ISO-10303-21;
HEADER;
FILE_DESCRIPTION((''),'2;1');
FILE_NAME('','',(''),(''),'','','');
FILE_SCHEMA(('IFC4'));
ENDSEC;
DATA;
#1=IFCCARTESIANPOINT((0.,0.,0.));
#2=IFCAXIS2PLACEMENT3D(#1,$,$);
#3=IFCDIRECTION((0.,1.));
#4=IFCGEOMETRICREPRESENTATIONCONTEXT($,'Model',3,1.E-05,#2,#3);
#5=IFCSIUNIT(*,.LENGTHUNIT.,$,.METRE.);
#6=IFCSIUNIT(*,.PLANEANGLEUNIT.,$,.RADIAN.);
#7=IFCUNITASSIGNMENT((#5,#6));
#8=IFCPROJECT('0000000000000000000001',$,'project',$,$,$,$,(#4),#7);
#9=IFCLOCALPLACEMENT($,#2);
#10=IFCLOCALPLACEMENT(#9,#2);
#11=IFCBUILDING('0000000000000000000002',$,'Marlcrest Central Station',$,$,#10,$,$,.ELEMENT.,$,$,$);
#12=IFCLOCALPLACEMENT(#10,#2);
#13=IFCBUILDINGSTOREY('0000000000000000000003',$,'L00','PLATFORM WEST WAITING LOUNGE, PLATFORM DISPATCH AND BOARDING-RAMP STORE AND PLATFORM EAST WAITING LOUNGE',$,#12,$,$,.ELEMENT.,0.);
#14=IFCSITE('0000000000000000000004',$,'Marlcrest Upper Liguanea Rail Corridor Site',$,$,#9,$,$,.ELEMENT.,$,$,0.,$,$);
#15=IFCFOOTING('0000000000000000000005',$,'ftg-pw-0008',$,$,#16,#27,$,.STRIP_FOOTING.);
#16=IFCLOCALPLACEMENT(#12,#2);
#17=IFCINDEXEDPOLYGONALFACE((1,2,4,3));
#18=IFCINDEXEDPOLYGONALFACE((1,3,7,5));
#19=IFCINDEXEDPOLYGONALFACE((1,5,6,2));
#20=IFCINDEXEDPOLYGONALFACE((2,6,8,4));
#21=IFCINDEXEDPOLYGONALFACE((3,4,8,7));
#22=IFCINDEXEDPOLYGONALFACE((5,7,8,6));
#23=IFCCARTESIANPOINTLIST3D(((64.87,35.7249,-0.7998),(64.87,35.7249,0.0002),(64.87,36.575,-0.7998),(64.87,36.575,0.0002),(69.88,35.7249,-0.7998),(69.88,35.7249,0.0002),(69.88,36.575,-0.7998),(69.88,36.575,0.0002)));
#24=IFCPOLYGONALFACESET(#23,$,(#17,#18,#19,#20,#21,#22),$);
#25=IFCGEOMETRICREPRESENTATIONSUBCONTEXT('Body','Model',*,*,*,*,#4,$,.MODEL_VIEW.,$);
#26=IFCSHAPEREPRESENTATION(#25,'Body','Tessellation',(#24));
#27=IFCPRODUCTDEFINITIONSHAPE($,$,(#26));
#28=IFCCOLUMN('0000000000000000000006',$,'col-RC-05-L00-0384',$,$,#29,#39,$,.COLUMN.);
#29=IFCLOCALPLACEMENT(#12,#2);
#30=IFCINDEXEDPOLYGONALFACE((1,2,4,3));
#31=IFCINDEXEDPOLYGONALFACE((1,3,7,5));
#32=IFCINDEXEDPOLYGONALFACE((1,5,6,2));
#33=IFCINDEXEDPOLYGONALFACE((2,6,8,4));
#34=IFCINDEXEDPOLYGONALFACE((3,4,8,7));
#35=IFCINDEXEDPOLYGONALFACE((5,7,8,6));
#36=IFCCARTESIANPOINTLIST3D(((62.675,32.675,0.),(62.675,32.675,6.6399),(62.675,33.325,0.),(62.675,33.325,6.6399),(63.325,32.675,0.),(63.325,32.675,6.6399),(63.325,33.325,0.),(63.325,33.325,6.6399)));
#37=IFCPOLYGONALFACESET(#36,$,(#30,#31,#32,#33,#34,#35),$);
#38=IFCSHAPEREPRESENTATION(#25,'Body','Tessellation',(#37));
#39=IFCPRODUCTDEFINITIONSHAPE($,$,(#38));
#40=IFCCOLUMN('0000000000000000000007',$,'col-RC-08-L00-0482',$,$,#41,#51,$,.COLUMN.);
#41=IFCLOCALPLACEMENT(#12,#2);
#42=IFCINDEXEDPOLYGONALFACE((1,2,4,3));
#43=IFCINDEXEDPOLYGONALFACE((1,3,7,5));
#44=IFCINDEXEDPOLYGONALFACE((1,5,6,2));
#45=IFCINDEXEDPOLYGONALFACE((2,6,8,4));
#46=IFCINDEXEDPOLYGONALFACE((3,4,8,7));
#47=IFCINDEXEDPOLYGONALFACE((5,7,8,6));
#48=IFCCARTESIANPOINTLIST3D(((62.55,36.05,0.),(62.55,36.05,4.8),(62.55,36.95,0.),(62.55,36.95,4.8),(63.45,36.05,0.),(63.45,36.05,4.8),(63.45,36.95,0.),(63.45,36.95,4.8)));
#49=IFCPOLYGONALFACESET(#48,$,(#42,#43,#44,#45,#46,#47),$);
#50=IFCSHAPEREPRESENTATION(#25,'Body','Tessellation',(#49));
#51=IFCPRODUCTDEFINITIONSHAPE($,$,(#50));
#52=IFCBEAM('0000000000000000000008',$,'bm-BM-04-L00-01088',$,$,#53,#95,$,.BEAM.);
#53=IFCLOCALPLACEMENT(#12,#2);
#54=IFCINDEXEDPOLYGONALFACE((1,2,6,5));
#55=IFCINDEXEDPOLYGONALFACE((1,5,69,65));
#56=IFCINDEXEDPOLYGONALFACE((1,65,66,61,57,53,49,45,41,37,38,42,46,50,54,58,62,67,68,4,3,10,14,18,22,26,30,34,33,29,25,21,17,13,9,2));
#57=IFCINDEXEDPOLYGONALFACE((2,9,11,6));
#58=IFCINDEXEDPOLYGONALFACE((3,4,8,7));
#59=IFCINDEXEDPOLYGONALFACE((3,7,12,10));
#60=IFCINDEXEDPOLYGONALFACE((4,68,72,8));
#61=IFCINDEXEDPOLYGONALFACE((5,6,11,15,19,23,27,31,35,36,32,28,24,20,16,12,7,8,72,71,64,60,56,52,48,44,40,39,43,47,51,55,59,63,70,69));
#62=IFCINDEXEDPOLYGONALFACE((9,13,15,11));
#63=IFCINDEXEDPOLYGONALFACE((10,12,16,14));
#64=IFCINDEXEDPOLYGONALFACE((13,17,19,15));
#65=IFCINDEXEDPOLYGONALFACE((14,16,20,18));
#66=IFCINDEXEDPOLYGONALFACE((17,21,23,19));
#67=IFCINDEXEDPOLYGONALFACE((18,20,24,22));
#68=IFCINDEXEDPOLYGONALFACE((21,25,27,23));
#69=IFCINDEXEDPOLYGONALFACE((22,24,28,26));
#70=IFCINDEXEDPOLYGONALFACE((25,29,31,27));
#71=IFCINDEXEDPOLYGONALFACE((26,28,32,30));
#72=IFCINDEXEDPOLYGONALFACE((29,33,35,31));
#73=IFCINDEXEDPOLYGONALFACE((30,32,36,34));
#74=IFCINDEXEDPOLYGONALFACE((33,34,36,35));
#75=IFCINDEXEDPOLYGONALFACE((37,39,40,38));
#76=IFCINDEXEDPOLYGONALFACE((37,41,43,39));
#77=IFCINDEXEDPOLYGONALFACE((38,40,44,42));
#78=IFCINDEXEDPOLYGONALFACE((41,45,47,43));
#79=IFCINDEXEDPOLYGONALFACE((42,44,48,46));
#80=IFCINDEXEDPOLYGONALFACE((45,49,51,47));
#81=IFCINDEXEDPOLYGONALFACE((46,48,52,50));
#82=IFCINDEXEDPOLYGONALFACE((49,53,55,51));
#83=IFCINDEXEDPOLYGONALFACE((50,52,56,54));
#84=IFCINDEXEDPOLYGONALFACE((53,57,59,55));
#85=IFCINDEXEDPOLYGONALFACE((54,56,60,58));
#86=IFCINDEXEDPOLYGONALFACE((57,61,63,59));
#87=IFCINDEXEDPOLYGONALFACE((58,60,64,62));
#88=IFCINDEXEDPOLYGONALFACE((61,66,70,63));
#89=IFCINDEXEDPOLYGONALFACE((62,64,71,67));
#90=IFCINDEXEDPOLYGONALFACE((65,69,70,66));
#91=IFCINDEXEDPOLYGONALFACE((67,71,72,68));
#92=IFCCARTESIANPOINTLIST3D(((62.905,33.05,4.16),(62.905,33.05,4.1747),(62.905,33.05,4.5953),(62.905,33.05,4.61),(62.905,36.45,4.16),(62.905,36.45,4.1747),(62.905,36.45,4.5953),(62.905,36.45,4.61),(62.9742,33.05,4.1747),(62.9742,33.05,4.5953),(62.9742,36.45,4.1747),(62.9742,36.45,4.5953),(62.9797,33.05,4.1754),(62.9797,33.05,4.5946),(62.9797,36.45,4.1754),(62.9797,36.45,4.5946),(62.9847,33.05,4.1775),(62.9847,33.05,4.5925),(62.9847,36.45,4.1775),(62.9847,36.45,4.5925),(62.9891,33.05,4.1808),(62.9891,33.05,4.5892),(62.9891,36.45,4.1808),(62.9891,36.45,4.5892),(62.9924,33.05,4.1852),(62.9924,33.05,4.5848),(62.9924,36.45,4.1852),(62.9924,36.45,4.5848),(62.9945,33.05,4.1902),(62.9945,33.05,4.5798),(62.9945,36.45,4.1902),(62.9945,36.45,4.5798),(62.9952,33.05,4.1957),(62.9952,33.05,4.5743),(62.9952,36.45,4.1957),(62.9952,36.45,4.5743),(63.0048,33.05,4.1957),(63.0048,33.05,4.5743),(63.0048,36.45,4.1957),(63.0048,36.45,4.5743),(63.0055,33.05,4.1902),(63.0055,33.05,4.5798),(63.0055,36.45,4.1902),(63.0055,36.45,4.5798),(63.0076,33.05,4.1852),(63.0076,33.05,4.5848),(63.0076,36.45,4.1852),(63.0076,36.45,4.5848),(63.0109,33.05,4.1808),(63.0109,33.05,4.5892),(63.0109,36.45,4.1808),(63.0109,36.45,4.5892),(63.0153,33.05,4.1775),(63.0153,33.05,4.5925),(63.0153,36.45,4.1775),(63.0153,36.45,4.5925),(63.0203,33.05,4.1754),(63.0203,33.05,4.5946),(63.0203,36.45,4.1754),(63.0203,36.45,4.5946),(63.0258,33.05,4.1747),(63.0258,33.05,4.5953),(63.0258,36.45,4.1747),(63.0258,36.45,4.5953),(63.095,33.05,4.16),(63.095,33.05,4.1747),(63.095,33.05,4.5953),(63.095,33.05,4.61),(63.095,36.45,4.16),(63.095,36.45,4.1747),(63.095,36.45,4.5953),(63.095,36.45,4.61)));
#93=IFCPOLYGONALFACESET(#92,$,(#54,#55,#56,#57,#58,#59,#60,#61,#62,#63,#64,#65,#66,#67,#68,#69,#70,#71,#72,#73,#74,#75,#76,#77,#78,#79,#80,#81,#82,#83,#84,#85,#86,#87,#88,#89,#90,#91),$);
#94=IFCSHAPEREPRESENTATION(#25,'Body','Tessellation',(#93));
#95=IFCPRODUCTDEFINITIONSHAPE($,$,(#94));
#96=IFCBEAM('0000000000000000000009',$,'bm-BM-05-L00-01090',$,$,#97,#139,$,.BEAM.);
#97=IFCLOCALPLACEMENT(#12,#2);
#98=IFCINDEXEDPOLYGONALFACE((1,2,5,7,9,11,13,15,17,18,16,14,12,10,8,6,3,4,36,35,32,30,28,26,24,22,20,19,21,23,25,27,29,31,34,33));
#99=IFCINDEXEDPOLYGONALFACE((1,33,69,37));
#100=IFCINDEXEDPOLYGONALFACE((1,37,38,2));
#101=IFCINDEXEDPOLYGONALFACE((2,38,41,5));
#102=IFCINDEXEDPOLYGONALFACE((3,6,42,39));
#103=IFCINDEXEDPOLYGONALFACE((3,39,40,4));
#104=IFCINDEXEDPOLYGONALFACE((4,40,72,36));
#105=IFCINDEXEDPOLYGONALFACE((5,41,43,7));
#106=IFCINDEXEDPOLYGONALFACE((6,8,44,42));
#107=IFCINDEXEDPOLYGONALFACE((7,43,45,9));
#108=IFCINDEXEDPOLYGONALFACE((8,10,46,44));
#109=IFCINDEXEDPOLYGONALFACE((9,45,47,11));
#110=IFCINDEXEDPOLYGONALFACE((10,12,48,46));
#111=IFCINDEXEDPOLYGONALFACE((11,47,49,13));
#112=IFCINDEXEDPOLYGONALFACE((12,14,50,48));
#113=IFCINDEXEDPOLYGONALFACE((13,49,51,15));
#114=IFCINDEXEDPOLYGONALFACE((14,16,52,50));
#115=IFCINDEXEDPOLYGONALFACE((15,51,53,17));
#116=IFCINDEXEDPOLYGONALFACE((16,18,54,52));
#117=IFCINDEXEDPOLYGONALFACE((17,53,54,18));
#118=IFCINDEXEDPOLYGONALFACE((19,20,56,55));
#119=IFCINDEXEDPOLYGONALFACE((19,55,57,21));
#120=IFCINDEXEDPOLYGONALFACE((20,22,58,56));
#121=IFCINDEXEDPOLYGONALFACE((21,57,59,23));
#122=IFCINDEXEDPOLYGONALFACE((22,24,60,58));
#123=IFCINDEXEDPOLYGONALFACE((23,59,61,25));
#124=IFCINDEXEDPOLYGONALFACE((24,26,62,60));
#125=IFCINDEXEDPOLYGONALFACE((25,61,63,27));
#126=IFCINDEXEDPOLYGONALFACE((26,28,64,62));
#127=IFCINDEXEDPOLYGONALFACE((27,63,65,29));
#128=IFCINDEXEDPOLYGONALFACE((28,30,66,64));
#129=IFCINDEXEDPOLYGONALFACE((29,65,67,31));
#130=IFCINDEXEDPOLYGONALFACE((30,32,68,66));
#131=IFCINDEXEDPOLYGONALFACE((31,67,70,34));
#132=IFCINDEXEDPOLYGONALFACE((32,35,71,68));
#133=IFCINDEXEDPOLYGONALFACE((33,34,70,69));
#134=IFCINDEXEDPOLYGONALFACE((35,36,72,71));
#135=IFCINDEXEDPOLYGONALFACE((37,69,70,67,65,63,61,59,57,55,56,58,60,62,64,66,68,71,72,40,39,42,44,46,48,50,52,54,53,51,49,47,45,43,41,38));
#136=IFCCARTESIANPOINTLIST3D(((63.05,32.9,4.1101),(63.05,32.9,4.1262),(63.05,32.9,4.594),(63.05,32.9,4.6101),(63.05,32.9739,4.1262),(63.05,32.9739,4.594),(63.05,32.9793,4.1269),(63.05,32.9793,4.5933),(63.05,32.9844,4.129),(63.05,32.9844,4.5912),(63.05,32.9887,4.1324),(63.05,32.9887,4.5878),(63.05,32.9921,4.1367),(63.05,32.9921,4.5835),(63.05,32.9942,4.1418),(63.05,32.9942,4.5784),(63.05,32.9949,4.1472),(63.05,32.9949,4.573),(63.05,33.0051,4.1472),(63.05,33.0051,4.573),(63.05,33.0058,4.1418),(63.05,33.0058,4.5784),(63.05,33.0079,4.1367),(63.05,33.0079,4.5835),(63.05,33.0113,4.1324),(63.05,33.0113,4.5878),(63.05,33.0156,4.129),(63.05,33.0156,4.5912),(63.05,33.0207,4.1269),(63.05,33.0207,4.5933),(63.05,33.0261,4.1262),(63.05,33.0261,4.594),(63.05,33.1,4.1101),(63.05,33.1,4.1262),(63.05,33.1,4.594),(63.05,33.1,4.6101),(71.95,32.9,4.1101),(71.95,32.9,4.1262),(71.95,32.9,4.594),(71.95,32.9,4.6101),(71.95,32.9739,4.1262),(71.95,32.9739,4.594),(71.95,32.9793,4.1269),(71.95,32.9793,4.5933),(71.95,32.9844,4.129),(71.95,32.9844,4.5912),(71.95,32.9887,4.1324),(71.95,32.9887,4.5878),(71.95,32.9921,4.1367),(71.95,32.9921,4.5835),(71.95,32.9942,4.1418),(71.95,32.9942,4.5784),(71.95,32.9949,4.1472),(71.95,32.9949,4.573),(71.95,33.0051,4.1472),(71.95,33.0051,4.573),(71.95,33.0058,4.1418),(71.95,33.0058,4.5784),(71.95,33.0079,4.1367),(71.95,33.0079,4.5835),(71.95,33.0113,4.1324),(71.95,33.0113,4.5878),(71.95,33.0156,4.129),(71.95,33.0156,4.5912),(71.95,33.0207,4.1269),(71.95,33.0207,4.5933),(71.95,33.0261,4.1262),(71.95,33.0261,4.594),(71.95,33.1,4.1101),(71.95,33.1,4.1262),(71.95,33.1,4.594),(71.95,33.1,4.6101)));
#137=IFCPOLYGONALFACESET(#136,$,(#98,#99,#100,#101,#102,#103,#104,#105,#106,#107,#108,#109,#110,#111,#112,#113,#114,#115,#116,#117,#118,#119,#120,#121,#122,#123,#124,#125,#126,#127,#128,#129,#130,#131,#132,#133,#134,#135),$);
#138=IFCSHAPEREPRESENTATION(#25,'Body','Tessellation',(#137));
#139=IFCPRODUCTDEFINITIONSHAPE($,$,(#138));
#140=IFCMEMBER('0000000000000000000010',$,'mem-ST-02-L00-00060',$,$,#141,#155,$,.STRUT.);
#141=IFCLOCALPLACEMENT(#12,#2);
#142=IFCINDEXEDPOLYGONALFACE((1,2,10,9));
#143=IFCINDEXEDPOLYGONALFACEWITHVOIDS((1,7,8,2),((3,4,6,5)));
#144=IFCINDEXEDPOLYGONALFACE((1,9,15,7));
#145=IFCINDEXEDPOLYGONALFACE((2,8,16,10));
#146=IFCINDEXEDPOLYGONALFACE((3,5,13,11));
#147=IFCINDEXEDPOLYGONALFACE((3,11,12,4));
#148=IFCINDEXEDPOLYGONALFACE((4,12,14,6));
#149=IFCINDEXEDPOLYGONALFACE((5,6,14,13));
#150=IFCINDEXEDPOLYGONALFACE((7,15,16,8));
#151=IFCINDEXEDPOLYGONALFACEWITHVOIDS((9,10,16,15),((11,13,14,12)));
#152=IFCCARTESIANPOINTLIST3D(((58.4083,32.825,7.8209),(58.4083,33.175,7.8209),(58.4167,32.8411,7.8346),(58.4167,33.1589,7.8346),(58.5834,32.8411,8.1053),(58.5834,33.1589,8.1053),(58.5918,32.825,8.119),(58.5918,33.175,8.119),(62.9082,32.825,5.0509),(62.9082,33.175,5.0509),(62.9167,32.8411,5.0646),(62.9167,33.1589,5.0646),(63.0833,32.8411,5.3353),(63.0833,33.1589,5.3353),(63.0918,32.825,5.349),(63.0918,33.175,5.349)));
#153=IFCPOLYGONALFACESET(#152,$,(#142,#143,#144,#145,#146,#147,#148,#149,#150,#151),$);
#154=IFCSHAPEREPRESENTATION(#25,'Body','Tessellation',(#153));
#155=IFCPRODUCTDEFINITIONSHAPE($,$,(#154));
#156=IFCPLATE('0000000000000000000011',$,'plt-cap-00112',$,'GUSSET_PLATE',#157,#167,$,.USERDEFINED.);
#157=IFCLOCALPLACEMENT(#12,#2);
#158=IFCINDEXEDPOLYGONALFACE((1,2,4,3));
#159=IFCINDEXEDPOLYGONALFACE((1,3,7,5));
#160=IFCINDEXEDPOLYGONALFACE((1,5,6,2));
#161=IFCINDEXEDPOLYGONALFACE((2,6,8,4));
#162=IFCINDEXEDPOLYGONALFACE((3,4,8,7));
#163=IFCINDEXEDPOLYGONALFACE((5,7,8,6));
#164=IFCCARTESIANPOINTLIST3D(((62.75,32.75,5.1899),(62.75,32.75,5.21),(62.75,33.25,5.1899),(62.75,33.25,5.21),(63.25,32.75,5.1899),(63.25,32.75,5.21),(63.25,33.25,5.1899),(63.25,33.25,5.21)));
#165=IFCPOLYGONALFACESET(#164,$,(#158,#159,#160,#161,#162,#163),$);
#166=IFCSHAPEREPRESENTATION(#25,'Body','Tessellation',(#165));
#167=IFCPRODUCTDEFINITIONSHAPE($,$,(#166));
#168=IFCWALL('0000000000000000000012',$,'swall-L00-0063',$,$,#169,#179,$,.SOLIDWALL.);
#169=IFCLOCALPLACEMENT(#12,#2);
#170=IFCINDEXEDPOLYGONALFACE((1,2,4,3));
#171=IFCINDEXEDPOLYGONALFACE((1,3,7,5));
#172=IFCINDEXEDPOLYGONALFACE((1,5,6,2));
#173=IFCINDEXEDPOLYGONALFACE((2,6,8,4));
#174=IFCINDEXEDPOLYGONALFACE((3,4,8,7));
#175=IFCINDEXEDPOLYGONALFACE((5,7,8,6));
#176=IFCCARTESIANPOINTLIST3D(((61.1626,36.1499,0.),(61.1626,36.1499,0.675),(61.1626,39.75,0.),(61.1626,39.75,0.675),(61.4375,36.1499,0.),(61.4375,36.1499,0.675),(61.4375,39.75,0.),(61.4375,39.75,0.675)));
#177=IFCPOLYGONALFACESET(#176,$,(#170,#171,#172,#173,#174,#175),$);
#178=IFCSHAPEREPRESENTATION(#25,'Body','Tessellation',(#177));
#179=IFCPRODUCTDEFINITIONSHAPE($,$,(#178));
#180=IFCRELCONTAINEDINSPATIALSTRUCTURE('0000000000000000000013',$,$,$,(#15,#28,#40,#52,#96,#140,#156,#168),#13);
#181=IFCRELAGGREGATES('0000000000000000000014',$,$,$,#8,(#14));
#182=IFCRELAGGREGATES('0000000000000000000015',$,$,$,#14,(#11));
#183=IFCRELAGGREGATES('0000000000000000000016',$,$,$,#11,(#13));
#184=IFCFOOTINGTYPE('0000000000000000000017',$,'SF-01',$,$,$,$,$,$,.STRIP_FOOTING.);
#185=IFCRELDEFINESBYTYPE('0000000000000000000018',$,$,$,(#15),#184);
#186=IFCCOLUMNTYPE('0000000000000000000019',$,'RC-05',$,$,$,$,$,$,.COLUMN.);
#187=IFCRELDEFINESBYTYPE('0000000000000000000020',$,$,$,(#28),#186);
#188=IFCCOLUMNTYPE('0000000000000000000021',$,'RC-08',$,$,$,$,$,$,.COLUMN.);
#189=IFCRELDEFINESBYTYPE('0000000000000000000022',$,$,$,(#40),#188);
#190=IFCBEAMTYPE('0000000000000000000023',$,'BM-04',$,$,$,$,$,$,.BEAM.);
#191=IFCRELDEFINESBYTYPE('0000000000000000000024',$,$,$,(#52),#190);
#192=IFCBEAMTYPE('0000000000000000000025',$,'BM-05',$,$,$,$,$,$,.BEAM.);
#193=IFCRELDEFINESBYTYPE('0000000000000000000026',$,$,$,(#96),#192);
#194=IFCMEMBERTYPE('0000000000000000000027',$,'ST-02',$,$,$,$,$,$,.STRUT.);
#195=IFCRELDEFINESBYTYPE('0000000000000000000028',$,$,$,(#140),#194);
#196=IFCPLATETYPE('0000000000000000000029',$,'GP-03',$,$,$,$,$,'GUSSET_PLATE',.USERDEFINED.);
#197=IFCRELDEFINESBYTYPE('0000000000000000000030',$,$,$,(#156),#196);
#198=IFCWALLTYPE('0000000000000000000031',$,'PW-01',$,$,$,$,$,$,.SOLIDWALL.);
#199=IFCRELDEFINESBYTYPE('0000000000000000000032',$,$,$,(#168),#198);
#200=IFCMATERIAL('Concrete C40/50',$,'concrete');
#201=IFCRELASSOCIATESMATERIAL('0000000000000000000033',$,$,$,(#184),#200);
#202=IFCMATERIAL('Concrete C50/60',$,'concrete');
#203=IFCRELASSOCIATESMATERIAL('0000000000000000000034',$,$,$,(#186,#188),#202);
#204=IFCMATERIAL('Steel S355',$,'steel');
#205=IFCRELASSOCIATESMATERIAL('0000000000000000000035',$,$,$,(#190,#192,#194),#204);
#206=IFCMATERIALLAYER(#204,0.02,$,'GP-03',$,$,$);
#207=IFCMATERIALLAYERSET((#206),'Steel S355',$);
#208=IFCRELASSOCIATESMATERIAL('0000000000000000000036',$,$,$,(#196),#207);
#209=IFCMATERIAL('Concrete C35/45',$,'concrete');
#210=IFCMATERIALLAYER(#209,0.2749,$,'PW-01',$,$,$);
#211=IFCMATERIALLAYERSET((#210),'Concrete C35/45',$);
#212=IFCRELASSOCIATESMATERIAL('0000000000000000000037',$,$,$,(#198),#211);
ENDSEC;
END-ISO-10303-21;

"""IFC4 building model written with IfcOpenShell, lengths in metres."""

from ifc_helpers import new_model, si_unit, direction, frame, frame_2d, origin, origin_2d, place, context, subcontext, project, spatial, rectangle, hollow_rectangle, i_section, extrude, material, layer, layer_set, material_profile, profile_set, type_object, element, save


model = new_model("IFC4")

# Units and contexts
model_context = context("Model", 3, precision=1e-05, world=origin(), true_north=direction((0.0, 1.0)))
body_context = subcontext(model_context, "Body", "Model", "MODEL_VIEW")
ifc_project = project(units=[si_unit("LENGTHUNIT", "METRE"), si_unit("PLANEANGLEUNIT", "RADIAN")], contexts=[model_context])

# Site, building, storey
site_placement = place(None, origin())
site = spatial("IfcSite", under=ifc_project, at=site_placement, Name="Marlcrest Upper Liguanea Rail Corridor Site", CompositionType="ELEMENT", RefElevation=0.0)
building_placement = place(site_placement, origin())
building = spatial("IfcBuilding", under=site, at=building_placement, Name="Marlcrest Central Station", CompositionType="ELEMENT")
storey_placement = place(building_placement, origin())
storey = spatial("IfcBuildingStorey", under=building, at=storey_placement, Name="L00", Description="PLATFORM WEST WAITING LOUNGE, PLATFORM DISPATCH AND BOARDING-RAMP STORE AND PLATFORM EAST WAITING LOUNGE", CompositionType="ELEMENT", Elevation=0.0)

# Shared definitions
ifc_material_1 = material(Name="Concrete C35/45", Category="concrete")

# Footing
ifc_material_2 = material(Name="Concrete C40/50", Category="concrete")
footing_type_1 = type_object("IfcFootingType", Name="SF-01", PredefinedType="STRIP_FOOTING", material=ifc_material_2)
footing_1_placement = place(storey_placement, frame((67.375, 36.1499, -0.7998), z_axis=(0.0, 0.0, 1.0), x_axis=(1.0, 0.0, 0.0)))
element("IfcFooting", 1, at=footing_1_placement, inside=storey, type_object=footing_type_1, Name="ftg-pw-0008", PredefinedType="STRIP_FOOTING", context=body_context, shape_type="SweptSolid", body=[
    extrude(rectangle(XDim=5.01, YDim=0.8501, at=origin_2d()), origin(), (0.0, 0.0, 1.0), 0.8),
])

# Columns
ifc_material_3 = material(Name="Concrete C50/60", Category="concrete")
ifc_material_profile_1 = material_profile(ifc_material_3, rectangle(XDim=0.6499, YDim=0.6499, at=origin_2d()), Name="RC 650x650")
ifc_profile_set_1 = profile_set([ifc_material_profile_1], Name="Concrete C50/60")
column_type_1 = type_object("IfcColumnType", Name="RC-05", PredefinedType="COLUMN", material=ifc_profile_set_1)
column_1_placement = place(storey_placement, frame((63.0, 33.0, 0.0), z_axis=(0.0, 0.0, 1.0), x_axis=(1.0, 0.0, 0.0)))
element("IfcColumn", 2, at=column_1_placement, inside=storey, type_object=column_type_1, Name="col-RC-05-L00-0384", PredefinedType="COLUMN", context=body_context, shape_type="SweptSolid", body=[
    extrude(rectangle(XDim=0.6499, YDim=0.6499, at=origin_2d()), origin(), (0.0, 0.0, 1.0), 6.6399),
])
ifc_material_profile_2 = material_profile(ifc_material_3, rectangle(XDim=0.8999, YDim=0.8999, at=origin_2d()), Name="RC 900x900")
ifc_profile_set_2 = profile_set([ifc_material_profile_2], Name="Concrete C50/60")
column_type_2 = type_object("IfcColumnType", Name="RC-08", PredefinedType="COLUMN", material=ifc_profile_set_2)
column_2_placement = place(storey_placement, frame((63.0, 36.5, 0.0), z_axis=(0.0, 0.0, 1.0), x_axis=(1.0, 0.0, 0.0)))
element("IfcColumn", 3, at=column_2_placement, inside=storey, type_object=column_type_2, Name="col-RC-08-L00-0482", PredefinedType="COLUMN", context=body_context, shape_type="SweptSolid", body=[
    extrude(rectangle(XDim=0.8999, YDim=0.8999, at=origin_2d()), origin(), (0.0, 0.0, 1.0), 4.8),
])

# Beams
ifc_material_4 = material(Name="Steel S355", Category="steel")
ifc_material_profile_3 = material_profile(ifc_material_4, i_section(OverallWidth=0.1899, OverallDepth=0.45, WebThickness=0.0095, FlangeThickness=0.0146, FilletRadius=0.021, at=origin_2d()), Name="IPE 450")
ifc_profile_set_3 = profile_set([ifc_material_profile_3], Name="Steel S355")
beam_type_1 = type_object("IfcBeamType", Name="BM-04", PredefinedType="BEAM", material=ifc_profile_set_3)
beam_1_placement = place(storey_placement, frame((63.0, 33.05, 4.385), z_axis=(0.0, 1.0, 0.0), x_axis=(-1.0, 0.0, 0.0)))
element("IfcBeam", 4, at=beam_1_placement, inside=storey, type_object=beam_type_1, Name="bm-BM-04-L00-01088", PredefinedType="BEAM", context=body_context, shape_type="SweptSolid", body=[
    extrude(i_section(OverallWidth=0.1899, OverallDepth=0.45, WebThickness=0.0095, FlangeThickness=0.0146, FilletRadius=0.021, at=origin_2d()), origin(), (0.0, 0.0, 1.0), 3.3999),
])
ifc_material_profile_4 = material_profile(ifc_material_4, i_section(OverallWidth=0.2, OverallDepth=0.5, WebThickness=0.0103, FlangeThickness=0.0161, FilletRadius=0.021, at=origin_2d()), Name="IPE 500")
ifc_profile_set_4 = profile_set([ifc_material_profile_4], Name="Steel S355")
beam_type_2 = type_object("IfcBeamType", Name="BM-05", PredefinedType="BEAM", material=ifc_profile_set_4)
beam_2_placement = place(storey_placement, frame((63.05, 33.0, 4.3601), z_axis=(1.0, 0.0, 0.0), x_axis=(0.0, 1.0, 0.0)))
element("IfcBeam", 5, at=beam_2_placement, inside=storey, type_object=beam_type_2, Name="bm-BM-05-L00-01090", PredefinedType="BEAM", context=body_context, shape_type="SweptSolid", body=[
    extrude(i_section(OverallWidth=0.2, OverallDepth=0.5, WebThickness=0.0103, FlangeThickness=0.0161, FilletRadius=0.021, at=origin_2d()), origin(), (0.0, 0.0, 1.0), 8.8999),
])

# Member
ifc_material_profile_5 = material_profile(ifc_material_4, hollow_rectangle(XDim=0.3501, YDim=0.3501, WallThickness=0.0161, at=origin_2d()), Name="SHS 350x350x16")
ifc_profile_set_5 = profile_set([ifc_material_profile_5], Name="Steel S355")
member_type = type_object("IfcMemberType", Name="ST-02", PredefinedType="STRUT", material=ifc_profile_set_5)
member_placement = place(storey_placement, frame((63.0, 33.0, 5.2), z_axis=(-0.851592, 0.0, 0.524206), x_axis=(0.0, -1.0, 0.0)))
element("IfcMember", 6, at=member_placement, inside=storey, type_object=member_type, Name="mem-ST-02-L00-00060", PredefinedType="STRUT", context=body_context, shape_type="SweptSolid", body=[
    extrude(hollow_rectangle(XDim=0.3501, YDim=0.3501, WallThickness=0.0161, at=origin_2d()), origin(), (0.0, 0.0, 1.0), 5.2842),
])

# Plate
ifc_layer_1 = layer(ifc_material_4, 0.02, Name="GP-03")
ifc_layer_set_1 = layer_set([ifc_layer_1], Name="Steel S355")
plate_type = type_object("IfcPlateType", Name="GP-03", ElementType="GUSSET_PLATE", PredefinedType="USERDEFINED", material=ifc_layer_set_1)
plate_placement = place(storey_placement, frame((63.0, 33.0, 5.1899), z_axis=(0.0, 0.0, 1.0), x_axis=(1.0, 0.0, 0.0)))
element("IfcPlate", 7, at=plate_placement, inside=storey, type_object=plate_type, Name="plt-cap-00112", ObjectType="GUSSET_PLATE", PredefinedType="USERDEFINED", context=body_context, shape_type="SweptSolid", body=[
    extrude(rectangle(XDim=0.5, YDim=0.5, at=origin_2d()), origin(), (0.0, 0.0, 1.0), 0.02),
])

# Wall
ifc_layer_2 = layer(ifc_material_1, 0.2749, Name="PW-01")
ifc_layer_set_2 = layer_set([ifc_layer_2], Name="Concrete C35/45")
wall_type = type_object("IfcWallType", Name="PW-01", PredefinedType="SOLIDWALL", material=ifc_layer_set_2)
for number, where, z_axis, x_axis, name in (
    (8, (61.3, 36.1499, 0.0), (0.0, 0.0, 1.0), (0.0, 1.0, 0.0), "swall-L00-0063"),
):
    element("IfcWall", number, at=place(storey_placement, frame(where, z_axis=z_axis, x_axis=x_axis)), inside=storey, type_object=wall_type, Name=name, PredefinedType="SOLIDWALL", context=body_context, shape_type="SweptSolid", body=[
        extrude(rectangle(XDim=3.6001, YDim=0.2749, at=frame_2d((1.8, 0.0))), origin(), (0.0, 0.0, 1.0), 0.675),
    ])

save(model, "model.ifc")
